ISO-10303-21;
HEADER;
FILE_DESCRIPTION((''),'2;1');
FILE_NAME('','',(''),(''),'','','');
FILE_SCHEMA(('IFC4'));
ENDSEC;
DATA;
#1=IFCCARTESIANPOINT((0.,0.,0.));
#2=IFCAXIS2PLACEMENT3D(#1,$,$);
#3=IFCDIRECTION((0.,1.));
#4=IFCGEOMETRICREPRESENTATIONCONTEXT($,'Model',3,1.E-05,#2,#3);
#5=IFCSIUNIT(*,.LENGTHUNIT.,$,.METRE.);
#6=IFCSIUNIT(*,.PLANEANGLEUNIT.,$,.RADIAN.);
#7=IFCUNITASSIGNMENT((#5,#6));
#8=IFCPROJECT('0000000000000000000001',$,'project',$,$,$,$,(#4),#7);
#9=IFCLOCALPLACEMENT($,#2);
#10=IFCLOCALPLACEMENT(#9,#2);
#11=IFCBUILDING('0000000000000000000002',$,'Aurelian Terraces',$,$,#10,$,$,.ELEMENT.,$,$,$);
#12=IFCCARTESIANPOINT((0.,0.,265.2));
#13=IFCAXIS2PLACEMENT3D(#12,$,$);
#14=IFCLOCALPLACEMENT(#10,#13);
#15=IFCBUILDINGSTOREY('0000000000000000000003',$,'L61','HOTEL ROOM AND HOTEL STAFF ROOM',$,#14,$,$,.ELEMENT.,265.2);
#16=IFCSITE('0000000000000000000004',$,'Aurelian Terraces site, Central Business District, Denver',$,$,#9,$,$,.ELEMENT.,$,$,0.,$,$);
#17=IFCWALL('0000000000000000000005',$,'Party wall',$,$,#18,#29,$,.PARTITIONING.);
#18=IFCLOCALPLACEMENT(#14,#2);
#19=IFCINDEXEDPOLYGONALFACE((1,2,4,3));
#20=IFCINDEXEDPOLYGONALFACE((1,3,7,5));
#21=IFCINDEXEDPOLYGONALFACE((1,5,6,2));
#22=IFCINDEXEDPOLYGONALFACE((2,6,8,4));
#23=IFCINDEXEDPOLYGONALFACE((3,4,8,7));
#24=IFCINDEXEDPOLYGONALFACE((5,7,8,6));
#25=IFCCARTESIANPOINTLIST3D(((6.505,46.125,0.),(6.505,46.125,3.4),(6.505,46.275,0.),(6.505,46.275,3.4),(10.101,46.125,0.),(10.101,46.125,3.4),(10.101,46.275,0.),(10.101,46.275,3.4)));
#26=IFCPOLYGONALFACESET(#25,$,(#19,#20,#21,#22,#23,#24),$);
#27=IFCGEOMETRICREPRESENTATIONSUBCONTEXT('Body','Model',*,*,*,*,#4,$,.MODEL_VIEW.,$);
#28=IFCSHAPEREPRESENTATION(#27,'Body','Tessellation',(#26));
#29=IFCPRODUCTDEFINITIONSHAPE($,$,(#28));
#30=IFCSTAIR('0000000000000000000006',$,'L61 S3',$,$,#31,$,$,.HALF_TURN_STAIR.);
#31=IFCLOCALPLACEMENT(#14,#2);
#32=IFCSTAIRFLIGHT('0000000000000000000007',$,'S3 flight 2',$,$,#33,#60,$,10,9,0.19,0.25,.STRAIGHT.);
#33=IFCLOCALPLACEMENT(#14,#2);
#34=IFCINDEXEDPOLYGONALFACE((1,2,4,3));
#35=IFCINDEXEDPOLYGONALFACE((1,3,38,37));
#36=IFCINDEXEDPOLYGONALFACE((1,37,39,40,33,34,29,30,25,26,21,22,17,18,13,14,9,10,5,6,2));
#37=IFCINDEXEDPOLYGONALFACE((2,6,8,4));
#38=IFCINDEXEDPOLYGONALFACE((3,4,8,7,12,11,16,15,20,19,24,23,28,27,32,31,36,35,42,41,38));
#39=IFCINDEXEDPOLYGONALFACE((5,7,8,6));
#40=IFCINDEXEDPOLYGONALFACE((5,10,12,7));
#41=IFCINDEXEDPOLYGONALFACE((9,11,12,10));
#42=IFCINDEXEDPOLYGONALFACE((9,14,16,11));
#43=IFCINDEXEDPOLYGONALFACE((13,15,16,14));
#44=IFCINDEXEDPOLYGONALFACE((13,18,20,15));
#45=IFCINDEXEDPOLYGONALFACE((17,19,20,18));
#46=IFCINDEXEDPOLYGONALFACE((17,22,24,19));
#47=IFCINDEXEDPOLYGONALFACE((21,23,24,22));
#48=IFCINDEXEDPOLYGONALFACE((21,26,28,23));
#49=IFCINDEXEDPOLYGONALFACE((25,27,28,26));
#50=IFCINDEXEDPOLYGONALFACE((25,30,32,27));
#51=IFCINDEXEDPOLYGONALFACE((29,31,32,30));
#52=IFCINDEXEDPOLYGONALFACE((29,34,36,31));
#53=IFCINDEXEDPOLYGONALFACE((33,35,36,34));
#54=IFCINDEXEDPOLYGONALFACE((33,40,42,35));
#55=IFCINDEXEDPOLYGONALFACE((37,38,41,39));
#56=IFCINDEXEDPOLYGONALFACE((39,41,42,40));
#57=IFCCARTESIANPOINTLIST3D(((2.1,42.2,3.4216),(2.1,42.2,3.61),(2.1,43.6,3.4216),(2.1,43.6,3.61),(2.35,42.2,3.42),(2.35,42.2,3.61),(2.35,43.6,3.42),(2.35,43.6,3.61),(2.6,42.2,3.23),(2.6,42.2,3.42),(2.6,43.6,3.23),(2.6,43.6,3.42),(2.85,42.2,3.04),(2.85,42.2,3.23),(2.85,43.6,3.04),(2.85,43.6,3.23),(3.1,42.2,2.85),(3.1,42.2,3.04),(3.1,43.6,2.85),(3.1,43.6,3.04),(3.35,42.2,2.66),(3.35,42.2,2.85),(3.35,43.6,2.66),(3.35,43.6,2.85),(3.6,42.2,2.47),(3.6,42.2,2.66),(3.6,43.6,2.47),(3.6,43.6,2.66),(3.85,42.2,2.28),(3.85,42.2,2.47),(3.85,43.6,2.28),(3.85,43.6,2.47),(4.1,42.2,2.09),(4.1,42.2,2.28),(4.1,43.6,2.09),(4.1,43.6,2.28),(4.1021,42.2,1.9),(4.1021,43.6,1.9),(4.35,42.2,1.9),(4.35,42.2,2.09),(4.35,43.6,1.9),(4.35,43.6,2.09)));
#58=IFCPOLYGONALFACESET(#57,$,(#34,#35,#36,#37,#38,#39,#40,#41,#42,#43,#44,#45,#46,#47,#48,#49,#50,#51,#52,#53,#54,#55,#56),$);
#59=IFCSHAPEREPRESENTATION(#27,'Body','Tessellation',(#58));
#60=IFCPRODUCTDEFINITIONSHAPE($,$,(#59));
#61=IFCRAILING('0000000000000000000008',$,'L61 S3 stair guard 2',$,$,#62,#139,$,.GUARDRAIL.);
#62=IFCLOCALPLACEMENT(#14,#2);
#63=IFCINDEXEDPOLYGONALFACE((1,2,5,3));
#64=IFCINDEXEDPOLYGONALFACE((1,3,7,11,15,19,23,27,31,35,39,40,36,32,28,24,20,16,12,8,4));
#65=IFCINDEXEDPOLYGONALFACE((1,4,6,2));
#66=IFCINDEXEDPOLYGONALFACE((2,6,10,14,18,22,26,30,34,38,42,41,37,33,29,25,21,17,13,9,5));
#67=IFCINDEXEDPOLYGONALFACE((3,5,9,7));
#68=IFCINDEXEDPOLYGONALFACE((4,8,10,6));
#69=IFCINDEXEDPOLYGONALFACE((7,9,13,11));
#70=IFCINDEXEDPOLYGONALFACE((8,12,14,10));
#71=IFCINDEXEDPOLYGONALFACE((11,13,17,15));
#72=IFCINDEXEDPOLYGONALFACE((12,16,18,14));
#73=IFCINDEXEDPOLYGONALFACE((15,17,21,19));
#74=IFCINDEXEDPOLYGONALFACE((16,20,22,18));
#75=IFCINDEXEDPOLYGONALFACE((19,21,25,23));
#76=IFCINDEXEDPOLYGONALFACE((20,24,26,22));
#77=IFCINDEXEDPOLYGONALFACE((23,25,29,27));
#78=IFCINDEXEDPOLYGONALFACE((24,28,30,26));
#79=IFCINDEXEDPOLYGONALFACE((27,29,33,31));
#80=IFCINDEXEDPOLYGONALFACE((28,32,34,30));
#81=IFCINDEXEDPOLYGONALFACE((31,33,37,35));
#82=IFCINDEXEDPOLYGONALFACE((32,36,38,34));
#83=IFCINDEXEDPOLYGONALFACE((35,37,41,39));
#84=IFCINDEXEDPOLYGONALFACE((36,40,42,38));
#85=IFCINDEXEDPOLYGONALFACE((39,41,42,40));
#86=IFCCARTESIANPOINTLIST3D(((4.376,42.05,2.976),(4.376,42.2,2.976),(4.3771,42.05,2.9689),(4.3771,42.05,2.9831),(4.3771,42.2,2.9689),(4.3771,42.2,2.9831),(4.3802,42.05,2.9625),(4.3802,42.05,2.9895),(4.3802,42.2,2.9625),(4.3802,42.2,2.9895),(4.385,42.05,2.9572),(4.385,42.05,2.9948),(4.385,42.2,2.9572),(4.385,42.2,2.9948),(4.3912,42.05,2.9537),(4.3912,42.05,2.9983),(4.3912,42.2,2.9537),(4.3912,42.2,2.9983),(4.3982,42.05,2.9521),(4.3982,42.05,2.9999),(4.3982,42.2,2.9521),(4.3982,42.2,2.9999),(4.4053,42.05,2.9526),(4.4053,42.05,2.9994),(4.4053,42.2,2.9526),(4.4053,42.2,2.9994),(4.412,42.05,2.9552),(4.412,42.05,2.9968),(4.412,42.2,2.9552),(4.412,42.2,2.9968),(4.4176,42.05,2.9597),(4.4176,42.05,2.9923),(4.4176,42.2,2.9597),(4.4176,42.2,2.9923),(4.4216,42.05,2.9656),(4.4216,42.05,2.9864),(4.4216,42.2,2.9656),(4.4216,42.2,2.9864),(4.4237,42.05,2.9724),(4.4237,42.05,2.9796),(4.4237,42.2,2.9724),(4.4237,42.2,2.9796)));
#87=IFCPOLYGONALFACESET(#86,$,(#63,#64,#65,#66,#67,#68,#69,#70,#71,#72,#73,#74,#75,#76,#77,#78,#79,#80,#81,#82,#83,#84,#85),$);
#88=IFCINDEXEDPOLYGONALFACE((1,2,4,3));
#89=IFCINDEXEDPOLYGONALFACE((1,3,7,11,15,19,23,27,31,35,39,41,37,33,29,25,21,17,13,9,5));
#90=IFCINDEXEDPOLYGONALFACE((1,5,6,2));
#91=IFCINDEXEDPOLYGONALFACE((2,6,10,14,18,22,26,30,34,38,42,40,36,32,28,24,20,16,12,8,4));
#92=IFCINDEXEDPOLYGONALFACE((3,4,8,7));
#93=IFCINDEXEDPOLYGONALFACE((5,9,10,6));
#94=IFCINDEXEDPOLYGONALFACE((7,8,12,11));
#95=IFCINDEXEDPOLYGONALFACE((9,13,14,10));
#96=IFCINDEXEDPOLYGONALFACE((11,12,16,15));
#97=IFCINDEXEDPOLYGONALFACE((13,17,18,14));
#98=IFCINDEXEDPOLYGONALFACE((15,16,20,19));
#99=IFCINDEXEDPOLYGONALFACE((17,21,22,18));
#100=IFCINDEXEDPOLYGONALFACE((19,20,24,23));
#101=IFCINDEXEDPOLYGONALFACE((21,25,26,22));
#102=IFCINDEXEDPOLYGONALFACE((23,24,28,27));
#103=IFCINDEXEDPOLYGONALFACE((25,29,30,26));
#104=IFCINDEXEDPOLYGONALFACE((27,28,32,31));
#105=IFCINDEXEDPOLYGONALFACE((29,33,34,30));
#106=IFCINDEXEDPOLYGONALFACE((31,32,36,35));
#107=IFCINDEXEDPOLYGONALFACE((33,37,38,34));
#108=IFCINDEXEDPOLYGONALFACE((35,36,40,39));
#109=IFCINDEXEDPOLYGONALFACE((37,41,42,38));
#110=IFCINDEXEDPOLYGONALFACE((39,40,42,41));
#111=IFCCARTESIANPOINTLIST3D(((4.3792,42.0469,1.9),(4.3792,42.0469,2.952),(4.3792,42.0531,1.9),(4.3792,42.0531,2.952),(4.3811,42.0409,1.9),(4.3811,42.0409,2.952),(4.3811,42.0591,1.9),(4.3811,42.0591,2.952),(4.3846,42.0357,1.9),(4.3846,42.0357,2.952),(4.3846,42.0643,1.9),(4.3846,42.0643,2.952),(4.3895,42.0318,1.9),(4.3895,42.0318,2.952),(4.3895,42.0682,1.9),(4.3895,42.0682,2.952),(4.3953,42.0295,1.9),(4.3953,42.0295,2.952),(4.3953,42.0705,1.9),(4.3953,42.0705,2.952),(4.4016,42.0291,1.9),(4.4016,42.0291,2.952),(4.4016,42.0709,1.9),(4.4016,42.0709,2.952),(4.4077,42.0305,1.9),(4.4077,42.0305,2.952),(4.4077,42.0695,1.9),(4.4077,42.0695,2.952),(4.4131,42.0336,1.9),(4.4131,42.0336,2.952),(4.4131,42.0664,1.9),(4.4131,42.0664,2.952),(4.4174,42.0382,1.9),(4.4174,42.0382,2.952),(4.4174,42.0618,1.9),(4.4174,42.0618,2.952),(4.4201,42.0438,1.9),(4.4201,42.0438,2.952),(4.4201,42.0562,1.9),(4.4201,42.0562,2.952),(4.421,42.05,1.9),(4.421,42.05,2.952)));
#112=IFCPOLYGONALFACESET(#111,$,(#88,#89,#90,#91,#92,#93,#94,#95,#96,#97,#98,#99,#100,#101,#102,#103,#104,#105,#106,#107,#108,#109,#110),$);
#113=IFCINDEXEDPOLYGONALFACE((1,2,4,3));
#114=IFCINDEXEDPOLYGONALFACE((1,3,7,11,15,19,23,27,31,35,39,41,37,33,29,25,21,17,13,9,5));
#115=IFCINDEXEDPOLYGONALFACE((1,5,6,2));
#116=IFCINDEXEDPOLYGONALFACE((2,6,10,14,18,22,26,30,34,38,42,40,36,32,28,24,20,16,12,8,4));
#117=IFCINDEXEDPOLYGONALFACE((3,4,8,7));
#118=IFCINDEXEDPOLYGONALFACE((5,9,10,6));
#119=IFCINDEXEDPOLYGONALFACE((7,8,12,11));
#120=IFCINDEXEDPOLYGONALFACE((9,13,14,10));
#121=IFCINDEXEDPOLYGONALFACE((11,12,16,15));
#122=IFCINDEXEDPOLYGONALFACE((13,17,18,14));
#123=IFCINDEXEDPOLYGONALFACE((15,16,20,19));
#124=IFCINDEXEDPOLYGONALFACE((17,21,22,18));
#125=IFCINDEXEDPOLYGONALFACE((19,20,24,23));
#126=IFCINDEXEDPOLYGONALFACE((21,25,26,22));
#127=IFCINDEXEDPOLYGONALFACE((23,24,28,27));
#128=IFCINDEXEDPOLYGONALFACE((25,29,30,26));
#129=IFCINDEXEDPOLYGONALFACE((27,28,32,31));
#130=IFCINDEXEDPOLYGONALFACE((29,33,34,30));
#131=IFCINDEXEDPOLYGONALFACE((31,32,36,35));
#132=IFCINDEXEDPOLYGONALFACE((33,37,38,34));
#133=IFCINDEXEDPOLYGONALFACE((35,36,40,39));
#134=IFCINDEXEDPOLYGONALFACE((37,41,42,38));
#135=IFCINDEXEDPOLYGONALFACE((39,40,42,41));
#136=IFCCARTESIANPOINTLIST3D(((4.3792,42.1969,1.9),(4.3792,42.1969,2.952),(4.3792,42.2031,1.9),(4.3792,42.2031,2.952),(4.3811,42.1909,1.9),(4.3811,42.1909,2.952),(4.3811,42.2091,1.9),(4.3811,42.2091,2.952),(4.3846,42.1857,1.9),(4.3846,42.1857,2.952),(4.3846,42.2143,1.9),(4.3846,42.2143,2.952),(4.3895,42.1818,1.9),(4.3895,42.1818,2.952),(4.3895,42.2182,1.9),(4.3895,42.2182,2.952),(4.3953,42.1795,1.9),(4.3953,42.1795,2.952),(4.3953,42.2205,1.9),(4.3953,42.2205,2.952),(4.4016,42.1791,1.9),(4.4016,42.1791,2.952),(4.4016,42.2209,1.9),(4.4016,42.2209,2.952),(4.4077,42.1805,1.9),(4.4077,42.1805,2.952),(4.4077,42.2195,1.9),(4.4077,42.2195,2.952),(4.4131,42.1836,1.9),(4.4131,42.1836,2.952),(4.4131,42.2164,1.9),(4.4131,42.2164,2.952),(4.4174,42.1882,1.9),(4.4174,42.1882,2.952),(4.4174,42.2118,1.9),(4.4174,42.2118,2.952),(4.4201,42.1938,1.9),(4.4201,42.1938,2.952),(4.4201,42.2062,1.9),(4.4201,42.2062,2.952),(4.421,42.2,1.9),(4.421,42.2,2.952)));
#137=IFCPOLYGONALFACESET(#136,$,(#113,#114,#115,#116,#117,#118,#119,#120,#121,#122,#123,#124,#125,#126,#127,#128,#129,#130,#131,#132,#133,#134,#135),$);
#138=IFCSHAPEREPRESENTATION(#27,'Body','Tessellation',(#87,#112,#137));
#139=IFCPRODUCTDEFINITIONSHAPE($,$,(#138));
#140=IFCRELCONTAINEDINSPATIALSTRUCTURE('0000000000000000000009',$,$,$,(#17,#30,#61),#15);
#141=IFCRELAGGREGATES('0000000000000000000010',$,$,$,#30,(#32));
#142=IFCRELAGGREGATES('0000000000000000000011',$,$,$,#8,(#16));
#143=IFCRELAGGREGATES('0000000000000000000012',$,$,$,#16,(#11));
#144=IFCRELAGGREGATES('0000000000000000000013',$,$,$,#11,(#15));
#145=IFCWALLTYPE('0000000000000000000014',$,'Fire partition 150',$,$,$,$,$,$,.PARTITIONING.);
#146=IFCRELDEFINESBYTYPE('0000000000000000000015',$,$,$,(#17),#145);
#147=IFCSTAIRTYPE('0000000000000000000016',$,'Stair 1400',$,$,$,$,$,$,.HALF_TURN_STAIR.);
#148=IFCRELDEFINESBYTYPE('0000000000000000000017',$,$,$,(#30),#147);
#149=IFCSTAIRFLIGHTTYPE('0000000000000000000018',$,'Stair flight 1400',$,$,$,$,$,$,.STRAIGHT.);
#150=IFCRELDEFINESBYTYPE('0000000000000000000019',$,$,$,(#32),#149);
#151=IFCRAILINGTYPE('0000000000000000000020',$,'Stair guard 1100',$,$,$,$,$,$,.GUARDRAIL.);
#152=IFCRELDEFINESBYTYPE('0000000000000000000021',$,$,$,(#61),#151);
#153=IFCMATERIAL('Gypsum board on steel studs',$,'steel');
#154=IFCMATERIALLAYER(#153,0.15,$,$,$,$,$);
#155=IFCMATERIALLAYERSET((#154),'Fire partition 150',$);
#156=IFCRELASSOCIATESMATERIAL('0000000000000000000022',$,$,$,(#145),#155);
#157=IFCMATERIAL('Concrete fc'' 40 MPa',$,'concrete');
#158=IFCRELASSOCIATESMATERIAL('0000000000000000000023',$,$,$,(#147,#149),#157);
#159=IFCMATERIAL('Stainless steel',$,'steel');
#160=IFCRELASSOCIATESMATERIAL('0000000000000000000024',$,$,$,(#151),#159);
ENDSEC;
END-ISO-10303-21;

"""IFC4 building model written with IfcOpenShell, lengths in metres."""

from ifc_helpers import new_model, si_unit, direction, frame, frame_2d, origin, origin_2d, place, context, subcontext, project, spatial, polyline, rectangle, circle, outline, extrude, source, transform, mapped, material, layer, layer_set, type_object, element, aggregate, save


model = new_model("IFC4")

# Units and contexts
model_context = context("Model", 3, precision=1e-05, world=origin(), true_north=direction((0.0, 1.0)))
body_context = subcontext(model_context, "Body", "Model", "MODEL_VIEW")
ifc_project = project(units=[si_unit("LENGTHUNIT", "METRE"), si_unit("PLANEANGLEUNIT", "RADIAN")], contexts=[model_context])

# Site, building, storey
site_placement = place(None, origin())
site = spatial("IfcSite", under=ifc_project, at=site_placement, Name="Aurelian Terraces site, Central Business District, Denver", CompositionType="ELEMENT", RefElevation=0.0)
building_placement = place(site_placement, origin())
building = spatial("IfcBuilding", under=site, at=building_placement, Name="Aurelian Terraces", CompositionType="ELEMENT")
storey_placement = place(building_placement, frame((0.0, 0.0, 265.2)))
storey = spatial("IfcBuildingStorey", under=building, at=storey_placement, Name="L61", Description="HOTEL ROOM AND HOTEL STAFF ROOM", CompositionType="ELEMENT", Elevation=265.2)

# Shared definitions
ifc_material_1 = material(Name="Concrete fc' 40 MPa", Category="concrete")

# Shared definitions
ifc_material_2 = material(Name="Gypsum board on steel studs", Category="steel")

# Wall
ifc_layer_1 = layer(ifc_material_2, 0.15)
ifc_layer_set_1 = layer_set([ifc_layer_1], Name="Fire partition 150")
wall_type_1 = type_object("IfcWallType", Name="Fire partition 150", PredefinedType="PARTITIONING", material=ifc_layer_set_1)
shared_shape_1 = source(origin(), body_context, "Body", "SweptSolid", [
    extrude(rectangle(XDim=3.596, YDim=0.15, at=frame_2d((1.798, 0.0))), origin(), (0.0, 0.0, 1.0), 3.4),
])
wall_1_placement = place(storey_placement, frame((10.101, 46.2, 0.0), z_axis=(0.0, 0.0, 1.0), x_axis=(-1.0, 0.0, 0.0)))
element("IfcWall", 1, at=wall_1_placement, inside=storey, type_object=wall_type_1, Name="Party wall", PredefinedType="PARTITIONING", context=body_context, shape_type="MappedRepresentation", body=[
    mapped(shared_shape_1, transform((0.0, 0.0, 0.0), scale=1.0)),
])

# Stair, stair flight
stair_type = type_object("IfcStairType", Name="Stair 1400", PredefinedType="HALF_TURN_STAIR", material=ifc_material_1)
stair_placement = place(storey_placement, origin())
stair = element("IfcStair", 2, at=stair_placement, inside=storey, type_object=stair_type, Name="L61 S3", PredefinedType="HALF_TURN_STAIR")
stair_flight_type = type_object("IfcStairFlightType", Name="Stair flight 1400", PredefinedType="STRAIGHT", material=ifc_material_1)
shared_shape_2 = source(origin(), body_context, "Body", "SweptSolid", [
    extrude(outline(polyline([(0.0, 0.0), (0.0, 0.19), (0.25, 0.19), (0.25, 0.38), (0.5, 0.38), (0.5, 0.57), (0.75, 0.57), (0.75, 0.76), (1.0, 0.76), (1.0, 0.95), (1.25, 0.95), (1.25, 1.14), (1.5, 1.14), (1.5, 1.33), (1.75, 1.33), (1.75, 1.52), (2.0, 1.52), (2.0, 1.71), (2.25, 1.71), (2.25, 1.9), (2.25, 1.5216), (0.2479, 0.0), (0.0, 0.0)])), frame((0.0, 0.7, 0.0), z_axis=(0.0, -1.0, 0.0), x_axis=(1.0, 0.0, 0.0)), (0.0, 0.0, 1.0), 1.4),
])
stair_flight_placement = place(storey_placement, frame((4.35, 42.9, 1.9), z_axis=(0.0, 0.0, 1.0), x_axis=(-1.0, 0.0, 0.0)))
stair_flight = element("IfcStairFlight", 3, at=stair_flight_placement, type_object=stair_flight_type, Name="S3 flight 2", NumberOfRisers=10, NumberOfTreads=9, PredefinedType="STRAIGHT", RiserHeight=0.19, TreadLength=0.25, context=body_context, shape_type="MappedRepresentation", body=[
    mapped(shared_shape_2, transform((0.0, 0.0, 0.0), scale=1.0)),
])
aggregate(stair, [stair_flight])

# Railing
ifc_material_3 = material(Name="Stainless steel", Category="steel")
railing_type_1 = type_object("IfcRailingType", Name="Stair guard 1100", PredefinedType="GUARDRAIL", material=ifc_material_3)
shared_shape_3 = source(origin(), body_context, "Body", "SweptSolid", [
    extrude(circle(Radius=0.024, at=origin_2d()), frame((0.0, 0.0, 1.076), z_axis=(0.0, 1.0, 0.0), x_axis=(-1.0, 0.0, 0.0)), (0.0, 0.0, 1.0), 0.15),
    extrude(circle(Radius=0.021, at=origin_2d()), origin(), (0.0, 0.0, 1.0), 1.052),
    extrude(circle(Radius=0.021, at=origin_2d()), frame((0.0, 0.15, 0.0)), (0.0, 0.0, 1.0), 1.052),
])
for number, where, name in (
    (4, (4.4, 42.05, 1.9), "L61 S3 stair guard 2"),
):
    element("IfcRailing", number, at=place(storey_placement, frame(where)), inside=storey, type_object=railing_type_1, Name=name, PredefinedType="GUARDRAIL", context=body_context, shape_type="MappedRepresentation", body=[
        mapped(shared_shape_3, transform((0.0, 0.0, 0.0), scale=1.0)),
    ])

save(model, "model.ifc")
